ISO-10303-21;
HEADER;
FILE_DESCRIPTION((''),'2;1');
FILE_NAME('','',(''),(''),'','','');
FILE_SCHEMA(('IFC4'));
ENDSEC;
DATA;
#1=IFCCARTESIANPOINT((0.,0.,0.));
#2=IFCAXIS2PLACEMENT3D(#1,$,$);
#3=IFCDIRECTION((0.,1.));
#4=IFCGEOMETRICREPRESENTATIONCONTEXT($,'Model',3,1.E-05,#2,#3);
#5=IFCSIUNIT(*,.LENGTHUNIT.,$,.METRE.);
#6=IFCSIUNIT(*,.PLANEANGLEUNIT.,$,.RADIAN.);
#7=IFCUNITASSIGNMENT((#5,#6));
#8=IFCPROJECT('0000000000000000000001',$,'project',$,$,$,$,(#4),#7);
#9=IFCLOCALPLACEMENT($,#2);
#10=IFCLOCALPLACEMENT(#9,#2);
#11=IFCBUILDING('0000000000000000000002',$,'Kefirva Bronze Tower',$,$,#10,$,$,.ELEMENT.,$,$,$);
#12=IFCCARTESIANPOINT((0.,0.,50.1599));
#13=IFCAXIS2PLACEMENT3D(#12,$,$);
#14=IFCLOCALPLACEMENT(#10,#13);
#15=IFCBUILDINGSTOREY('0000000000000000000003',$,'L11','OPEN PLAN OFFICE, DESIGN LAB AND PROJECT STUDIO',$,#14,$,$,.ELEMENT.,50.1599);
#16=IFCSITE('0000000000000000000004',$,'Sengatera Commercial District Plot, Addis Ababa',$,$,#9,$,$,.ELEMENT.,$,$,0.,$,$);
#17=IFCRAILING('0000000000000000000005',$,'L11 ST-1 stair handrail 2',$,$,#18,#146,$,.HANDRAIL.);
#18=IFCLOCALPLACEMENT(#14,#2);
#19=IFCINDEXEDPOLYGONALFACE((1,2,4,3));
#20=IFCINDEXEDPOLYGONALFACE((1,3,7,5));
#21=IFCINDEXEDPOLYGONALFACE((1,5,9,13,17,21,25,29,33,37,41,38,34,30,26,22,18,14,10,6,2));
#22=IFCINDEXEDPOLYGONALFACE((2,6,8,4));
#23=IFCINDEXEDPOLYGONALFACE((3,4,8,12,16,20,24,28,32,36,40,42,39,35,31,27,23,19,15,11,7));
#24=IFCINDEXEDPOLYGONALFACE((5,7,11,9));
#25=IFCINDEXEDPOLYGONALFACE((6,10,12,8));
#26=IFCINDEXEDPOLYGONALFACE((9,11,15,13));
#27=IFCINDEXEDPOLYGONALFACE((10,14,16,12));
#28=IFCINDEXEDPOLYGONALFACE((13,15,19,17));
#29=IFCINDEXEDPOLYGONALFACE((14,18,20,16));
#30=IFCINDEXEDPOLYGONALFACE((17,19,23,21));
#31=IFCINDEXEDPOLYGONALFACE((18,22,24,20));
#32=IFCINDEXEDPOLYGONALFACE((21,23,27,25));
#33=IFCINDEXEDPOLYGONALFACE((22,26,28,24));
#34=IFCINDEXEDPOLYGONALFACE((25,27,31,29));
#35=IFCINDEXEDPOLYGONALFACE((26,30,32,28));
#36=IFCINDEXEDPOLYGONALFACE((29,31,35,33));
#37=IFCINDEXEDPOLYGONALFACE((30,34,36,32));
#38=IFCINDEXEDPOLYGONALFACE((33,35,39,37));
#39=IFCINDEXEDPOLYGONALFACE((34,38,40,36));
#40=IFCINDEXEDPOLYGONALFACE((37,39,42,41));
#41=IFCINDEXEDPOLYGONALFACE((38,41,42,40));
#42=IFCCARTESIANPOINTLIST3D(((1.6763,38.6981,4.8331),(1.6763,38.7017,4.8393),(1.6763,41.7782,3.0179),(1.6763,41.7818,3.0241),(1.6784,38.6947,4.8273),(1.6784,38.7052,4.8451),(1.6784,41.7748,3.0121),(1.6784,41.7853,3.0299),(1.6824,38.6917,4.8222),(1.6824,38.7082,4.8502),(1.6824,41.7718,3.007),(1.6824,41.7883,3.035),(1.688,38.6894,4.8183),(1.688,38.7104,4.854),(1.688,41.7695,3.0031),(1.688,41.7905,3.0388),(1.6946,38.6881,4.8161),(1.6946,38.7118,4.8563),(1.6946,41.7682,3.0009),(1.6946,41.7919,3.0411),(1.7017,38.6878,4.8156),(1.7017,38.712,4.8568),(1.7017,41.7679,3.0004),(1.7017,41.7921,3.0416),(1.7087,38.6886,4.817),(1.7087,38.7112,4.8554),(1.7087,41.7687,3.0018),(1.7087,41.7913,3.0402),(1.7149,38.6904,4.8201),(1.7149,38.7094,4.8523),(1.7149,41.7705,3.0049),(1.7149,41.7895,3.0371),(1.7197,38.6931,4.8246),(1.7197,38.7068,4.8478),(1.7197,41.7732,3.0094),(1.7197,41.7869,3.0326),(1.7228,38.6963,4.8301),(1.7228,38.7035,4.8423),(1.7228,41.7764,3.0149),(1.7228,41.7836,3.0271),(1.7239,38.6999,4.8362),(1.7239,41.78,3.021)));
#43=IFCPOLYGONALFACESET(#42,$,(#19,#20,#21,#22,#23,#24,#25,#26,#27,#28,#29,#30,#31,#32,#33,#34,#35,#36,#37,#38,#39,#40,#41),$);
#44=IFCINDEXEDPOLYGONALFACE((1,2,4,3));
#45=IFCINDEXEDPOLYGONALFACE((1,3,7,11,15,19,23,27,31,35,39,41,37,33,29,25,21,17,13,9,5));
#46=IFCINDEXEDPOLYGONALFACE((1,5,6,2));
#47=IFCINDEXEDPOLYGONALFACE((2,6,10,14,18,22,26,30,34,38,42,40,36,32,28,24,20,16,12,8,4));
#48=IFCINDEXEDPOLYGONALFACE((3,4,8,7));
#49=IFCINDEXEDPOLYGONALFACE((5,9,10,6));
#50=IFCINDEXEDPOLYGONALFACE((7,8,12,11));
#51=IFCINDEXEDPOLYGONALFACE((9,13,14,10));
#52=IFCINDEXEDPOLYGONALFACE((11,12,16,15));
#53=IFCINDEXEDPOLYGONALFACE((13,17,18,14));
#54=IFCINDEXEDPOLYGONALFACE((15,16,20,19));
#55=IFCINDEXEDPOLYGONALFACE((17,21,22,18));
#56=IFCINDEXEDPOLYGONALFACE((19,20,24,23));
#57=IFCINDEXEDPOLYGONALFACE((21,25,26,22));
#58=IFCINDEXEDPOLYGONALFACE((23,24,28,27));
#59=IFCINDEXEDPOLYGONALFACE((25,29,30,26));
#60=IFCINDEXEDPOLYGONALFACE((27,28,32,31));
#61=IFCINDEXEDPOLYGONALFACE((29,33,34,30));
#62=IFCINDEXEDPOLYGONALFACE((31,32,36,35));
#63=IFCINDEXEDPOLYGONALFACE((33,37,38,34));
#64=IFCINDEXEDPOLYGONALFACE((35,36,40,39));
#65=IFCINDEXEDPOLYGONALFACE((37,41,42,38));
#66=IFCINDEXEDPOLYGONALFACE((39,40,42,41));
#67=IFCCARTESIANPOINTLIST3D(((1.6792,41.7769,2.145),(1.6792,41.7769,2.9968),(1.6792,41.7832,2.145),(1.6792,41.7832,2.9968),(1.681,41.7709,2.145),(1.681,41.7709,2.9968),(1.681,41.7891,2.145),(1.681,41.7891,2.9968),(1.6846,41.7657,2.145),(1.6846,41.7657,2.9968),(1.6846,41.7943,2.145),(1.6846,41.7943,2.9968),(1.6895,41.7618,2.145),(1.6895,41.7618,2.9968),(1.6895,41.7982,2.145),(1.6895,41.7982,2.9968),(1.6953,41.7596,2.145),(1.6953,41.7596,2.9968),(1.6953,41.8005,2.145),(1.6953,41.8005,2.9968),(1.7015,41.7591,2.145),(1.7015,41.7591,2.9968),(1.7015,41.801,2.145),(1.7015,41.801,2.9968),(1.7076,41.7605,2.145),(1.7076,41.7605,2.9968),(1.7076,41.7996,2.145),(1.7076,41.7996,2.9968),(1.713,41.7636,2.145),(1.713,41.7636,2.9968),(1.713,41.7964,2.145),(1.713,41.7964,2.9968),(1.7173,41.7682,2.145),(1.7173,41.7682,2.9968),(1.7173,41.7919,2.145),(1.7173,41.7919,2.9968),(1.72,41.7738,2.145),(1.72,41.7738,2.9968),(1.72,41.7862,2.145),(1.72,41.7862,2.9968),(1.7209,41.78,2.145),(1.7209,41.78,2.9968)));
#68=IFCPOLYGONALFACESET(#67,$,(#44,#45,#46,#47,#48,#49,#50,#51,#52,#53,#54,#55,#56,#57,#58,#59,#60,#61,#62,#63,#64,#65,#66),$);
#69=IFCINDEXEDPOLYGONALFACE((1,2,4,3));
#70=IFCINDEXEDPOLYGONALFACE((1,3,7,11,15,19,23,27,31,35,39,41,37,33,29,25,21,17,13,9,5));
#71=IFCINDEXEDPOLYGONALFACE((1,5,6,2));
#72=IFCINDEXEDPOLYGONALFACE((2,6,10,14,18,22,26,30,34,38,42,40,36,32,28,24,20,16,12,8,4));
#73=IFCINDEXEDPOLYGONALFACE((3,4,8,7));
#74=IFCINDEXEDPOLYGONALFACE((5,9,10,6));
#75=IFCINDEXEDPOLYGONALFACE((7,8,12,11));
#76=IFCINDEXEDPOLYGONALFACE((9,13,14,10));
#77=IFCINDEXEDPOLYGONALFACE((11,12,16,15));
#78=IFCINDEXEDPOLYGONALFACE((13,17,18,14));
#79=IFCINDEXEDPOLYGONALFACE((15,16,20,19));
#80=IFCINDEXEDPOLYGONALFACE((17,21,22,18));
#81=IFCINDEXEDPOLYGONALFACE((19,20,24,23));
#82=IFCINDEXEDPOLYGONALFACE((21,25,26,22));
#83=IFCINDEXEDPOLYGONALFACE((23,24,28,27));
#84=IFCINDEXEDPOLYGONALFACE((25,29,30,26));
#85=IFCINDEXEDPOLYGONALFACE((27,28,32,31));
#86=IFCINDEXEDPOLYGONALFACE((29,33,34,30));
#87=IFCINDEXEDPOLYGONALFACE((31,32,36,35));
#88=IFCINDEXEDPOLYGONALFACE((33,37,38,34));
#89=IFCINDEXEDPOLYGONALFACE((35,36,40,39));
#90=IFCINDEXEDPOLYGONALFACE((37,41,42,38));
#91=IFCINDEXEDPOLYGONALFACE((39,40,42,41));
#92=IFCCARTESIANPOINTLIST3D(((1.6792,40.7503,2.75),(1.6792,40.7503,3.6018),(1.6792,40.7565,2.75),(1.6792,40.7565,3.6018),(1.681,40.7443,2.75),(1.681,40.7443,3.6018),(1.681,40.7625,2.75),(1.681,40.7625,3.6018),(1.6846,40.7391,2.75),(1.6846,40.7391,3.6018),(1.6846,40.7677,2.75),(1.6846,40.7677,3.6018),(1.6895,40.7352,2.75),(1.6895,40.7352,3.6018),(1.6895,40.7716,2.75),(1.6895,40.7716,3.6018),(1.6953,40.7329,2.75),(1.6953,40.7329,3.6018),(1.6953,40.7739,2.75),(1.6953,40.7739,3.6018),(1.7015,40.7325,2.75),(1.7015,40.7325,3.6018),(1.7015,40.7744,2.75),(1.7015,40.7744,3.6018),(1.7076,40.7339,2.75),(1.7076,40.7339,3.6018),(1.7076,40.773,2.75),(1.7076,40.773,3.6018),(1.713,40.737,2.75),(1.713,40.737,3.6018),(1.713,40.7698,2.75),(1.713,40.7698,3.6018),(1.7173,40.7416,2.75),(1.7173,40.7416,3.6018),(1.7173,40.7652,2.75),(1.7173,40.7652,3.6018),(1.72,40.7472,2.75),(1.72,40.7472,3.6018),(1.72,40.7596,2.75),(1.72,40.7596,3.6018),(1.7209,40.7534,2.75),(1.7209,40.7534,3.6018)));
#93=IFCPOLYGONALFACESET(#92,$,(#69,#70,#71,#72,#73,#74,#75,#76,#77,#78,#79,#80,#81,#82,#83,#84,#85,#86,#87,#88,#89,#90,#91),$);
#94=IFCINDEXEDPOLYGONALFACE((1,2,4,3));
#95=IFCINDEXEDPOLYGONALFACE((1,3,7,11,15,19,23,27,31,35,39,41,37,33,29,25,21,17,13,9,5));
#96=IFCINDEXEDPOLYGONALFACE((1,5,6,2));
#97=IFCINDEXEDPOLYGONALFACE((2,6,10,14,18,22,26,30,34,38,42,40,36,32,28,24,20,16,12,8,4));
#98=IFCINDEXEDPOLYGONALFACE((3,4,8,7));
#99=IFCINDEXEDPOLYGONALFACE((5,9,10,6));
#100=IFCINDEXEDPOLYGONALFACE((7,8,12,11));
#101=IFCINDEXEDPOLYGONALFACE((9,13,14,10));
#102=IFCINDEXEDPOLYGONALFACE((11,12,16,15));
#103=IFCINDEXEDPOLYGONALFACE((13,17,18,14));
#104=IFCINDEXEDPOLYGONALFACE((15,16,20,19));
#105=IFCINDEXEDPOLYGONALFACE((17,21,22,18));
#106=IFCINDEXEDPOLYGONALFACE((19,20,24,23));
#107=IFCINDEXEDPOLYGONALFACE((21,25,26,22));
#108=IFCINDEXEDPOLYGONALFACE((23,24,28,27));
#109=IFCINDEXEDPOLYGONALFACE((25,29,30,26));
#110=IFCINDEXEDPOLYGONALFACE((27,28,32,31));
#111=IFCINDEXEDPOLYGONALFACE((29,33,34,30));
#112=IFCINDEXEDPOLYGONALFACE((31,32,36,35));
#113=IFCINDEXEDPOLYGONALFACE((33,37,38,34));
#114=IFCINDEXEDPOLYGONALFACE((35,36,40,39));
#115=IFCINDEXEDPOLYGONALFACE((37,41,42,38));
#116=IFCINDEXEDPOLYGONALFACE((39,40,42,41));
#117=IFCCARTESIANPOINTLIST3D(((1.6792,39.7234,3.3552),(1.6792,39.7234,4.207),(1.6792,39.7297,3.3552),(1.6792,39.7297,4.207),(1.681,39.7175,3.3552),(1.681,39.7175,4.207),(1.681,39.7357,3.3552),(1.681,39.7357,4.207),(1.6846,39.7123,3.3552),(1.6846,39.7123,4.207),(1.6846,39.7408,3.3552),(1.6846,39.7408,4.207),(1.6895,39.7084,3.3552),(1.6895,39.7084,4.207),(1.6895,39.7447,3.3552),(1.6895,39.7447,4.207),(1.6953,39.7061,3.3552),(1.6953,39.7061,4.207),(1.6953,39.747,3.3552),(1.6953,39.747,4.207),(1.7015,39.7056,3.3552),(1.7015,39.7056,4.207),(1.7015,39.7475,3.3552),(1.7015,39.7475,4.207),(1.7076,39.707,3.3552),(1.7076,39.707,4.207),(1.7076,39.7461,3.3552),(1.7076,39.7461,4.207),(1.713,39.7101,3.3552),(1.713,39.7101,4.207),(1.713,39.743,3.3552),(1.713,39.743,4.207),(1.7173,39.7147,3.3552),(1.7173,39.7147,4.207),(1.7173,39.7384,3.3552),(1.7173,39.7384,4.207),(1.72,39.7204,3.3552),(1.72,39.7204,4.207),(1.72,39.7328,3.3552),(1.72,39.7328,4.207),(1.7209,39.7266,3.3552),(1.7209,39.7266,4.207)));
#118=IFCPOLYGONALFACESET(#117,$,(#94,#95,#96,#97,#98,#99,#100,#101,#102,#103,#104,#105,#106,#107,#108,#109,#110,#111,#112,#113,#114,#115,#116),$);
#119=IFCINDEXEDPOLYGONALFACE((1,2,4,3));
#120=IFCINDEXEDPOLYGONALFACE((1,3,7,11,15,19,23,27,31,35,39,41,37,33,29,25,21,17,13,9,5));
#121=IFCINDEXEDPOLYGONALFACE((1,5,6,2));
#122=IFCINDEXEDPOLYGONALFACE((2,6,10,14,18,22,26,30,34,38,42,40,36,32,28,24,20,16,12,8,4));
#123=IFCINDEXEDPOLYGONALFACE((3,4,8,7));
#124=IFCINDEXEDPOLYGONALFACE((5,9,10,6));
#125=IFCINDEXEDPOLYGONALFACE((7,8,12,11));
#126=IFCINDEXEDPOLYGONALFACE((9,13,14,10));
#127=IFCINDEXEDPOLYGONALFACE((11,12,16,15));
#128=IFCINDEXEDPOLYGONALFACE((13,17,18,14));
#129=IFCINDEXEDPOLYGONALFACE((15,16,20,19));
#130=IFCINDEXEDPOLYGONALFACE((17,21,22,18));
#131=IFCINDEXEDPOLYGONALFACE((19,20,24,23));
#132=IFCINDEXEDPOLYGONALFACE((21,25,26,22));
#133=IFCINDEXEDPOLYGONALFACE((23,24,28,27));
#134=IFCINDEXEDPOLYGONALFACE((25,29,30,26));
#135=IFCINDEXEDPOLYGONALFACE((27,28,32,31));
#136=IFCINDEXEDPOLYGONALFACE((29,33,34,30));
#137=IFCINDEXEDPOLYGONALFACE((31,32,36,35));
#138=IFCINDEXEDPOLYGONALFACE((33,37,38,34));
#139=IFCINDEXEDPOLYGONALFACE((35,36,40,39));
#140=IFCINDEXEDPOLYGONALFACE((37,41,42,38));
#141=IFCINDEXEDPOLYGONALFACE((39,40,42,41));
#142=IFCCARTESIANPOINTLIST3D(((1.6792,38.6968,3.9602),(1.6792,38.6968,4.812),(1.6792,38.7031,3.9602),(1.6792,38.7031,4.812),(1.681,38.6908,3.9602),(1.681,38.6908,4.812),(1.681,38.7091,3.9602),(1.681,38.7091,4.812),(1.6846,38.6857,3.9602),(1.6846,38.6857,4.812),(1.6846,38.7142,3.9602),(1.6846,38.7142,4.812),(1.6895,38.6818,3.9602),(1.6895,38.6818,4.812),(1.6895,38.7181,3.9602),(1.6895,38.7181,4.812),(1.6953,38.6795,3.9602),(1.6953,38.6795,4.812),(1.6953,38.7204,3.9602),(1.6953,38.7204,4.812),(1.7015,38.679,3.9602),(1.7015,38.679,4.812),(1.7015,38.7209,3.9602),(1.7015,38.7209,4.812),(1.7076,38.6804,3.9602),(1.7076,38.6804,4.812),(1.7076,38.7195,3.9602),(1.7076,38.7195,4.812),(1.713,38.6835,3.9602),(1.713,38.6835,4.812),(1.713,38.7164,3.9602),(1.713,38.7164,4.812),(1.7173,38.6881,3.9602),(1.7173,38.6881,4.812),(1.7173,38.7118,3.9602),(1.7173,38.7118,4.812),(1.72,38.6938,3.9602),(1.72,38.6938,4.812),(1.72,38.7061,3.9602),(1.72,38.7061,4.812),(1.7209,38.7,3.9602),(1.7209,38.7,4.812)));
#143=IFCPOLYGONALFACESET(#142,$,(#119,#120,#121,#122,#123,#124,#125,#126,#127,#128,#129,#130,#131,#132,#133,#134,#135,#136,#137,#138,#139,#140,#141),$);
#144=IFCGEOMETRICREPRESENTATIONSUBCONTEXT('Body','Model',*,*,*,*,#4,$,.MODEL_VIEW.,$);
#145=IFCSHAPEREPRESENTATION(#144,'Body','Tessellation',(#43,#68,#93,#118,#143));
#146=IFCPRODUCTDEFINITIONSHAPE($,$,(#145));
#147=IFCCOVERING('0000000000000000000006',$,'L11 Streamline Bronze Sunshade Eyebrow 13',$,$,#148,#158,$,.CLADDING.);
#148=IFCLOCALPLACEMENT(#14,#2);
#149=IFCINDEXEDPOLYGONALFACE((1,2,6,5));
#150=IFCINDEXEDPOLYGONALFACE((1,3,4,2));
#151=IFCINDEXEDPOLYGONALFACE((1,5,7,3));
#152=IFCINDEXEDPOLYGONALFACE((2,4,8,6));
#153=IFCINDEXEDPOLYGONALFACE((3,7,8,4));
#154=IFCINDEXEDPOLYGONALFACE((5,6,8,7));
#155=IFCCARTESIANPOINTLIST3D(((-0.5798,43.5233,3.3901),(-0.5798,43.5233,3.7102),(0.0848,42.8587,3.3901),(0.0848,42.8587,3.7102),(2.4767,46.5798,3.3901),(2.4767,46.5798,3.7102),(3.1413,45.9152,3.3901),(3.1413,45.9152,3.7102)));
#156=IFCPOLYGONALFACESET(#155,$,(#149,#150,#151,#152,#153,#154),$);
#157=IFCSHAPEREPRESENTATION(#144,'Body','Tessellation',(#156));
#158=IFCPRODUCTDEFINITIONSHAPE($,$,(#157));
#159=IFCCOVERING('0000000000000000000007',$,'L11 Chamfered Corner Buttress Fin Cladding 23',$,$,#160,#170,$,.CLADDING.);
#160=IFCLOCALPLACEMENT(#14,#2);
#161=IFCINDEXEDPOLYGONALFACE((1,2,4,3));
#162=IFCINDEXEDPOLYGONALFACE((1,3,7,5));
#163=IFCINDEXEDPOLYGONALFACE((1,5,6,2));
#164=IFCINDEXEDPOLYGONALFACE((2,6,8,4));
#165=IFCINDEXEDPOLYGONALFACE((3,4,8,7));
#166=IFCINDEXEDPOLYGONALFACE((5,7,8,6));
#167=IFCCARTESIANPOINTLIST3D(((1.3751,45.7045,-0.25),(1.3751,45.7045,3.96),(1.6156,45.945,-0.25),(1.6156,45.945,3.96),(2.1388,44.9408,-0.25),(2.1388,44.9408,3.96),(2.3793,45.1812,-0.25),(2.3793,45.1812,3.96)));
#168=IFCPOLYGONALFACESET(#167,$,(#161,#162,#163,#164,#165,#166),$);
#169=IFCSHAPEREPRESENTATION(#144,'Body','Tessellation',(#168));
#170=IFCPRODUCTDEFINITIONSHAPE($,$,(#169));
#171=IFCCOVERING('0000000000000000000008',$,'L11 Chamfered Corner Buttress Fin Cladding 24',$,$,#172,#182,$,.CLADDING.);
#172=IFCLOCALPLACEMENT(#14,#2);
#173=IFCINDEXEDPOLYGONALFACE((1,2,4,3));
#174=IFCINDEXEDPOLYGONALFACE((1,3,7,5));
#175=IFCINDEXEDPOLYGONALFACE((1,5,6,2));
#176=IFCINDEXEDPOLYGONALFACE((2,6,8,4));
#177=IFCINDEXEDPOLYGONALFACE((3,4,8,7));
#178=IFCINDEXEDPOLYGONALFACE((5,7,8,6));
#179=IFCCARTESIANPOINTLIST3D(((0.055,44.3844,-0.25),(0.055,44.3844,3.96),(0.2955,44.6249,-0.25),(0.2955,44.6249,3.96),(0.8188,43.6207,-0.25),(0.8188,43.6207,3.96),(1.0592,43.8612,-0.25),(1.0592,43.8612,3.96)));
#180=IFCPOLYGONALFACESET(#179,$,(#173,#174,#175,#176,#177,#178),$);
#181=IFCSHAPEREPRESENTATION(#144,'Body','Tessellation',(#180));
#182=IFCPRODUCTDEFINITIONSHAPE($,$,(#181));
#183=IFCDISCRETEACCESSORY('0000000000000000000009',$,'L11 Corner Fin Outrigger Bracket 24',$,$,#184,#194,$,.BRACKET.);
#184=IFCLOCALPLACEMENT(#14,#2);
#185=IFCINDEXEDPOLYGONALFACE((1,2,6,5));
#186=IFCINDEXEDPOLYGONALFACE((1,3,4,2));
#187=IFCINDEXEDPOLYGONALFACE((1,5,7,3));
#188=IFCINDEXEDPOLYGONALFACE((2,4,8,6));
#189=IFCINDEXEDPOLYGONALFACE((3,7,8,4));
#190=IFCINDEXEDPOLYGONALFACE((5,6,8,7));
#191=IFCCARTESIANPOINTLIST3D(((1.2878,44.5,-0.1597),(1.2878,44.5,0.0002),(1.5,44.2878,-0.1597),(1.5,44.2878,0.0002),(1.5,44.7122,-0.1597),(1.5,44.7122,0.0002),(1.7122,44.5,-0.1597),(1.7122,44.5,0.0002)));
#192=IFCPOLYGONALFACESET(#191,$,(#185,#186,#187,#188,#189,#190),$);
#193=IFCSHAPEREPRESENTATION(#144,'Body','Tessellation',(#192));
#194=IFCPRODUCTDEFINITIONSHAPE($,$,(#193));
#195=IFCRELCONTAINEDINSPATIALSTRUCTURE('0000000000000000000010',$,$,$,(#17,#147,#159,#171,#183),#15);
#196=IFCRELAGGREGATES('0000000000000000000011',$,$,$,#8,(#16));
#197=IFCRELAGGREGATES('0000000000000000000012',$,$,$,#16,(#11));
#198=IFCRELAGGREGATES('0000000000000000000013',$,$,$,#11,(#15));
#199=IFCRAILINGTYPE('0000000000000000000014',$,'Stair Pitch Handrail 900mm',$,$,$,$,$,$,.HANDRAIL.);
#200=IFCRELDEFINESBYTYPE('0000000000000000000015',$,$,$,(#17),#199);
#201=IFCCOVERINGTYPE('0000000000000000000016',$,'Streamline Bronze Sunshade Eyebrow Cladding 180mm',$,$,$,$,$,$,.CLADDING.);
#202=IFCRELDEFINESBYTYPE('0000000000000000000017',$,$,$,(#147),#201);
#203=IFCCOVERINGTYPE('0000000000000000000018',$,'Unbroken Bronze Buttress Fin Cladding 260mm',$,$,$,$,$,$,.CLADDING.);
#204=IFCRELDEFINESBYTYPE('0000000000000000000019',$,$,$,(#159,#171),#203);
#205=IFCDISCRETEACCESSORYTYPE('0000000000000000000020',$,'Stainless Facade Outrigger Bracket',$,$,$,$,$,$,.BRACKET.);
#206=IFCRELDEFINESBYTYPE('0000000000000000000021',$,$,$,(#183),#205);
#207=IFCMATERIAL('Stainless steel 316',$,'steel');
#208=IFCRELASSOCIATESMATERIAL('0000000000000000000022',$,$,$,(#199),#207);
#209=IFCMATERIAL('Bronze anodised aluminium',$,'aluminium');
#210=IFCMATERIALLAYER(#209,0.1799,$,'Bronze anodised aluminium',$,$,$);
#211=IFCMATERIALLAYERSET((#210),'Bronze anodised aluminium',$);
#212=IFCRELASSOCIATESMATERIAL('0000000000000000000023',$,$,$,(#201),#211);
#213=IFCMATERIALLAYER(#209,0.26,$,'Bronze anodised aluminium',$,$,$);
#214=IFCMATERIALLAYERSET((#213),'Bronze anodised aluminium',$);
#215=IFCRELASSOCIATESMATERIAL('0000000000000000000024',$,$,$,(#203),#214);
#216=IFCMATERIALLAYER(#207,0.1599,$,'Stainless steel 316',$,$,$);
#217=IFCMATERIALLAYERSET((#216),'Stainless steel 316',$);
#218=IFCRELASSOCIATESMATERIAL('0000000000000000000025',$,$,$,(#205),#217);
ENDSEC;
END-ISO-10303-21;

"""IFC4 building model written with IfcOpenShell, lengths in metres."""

from ifc_helpers import new_model, si_unit, direction, frame, origin, origin_2d, place, context, subcontext, project, spatial, rectangle, circle, extrude, material, layer, layer_set, type_object, element, save


model = new_model("IFC4")

# Units and contexts
model_context = context("Model", 3, precision=1e-05, world=origin(), true_north=direction((0.0, 1.0)))
body_context = subcontext(model_context, "Body", "Model", "MODEL_VIEW")
ifc_project = project(units=[si_unit("LENGTHUNIT", "METRE"), si_unit("PLANEANGLEUNIT", "RADIAN")], contexts=[model_context])

# Site, building, storey
site_placement = place(None, origin())
site = spatial("IfcSite", under=ifc_project, at=site_placement, Name="Sengatera Commercial District Plot, Addis Ababa", CompositionType="ELEMENT", RefElevation=0.0)
building_placement = place(site_placement, origin())
building = spatial("IfcBuilding", under=site, at=building_placement, Name="Kefirva Bronze Tower", CompositionType="ELEMENT")
storey_placement = place(building_placement, frame((0.0, 0.0, 50.1599)))
storey = spatial("IfcBuildingStorey", under=building, at=storey_placement, Name="L11", Description="OPEN PLAN OFFICE, DESIGN LAB AND PROJECT STUDIO", CompositionType="ELEMENT", Elevation=50.1599)

# Shared definitions
ifc_material_1 = material(Name="Bronze anodised aluminium", Category="aluminium")

# Railing
ifc_material_2 = material(Name="Stainless steel 316", Category="steel")
railing_type_1 = type_object("IfcRailingType", Name="Stair Pitch Handrail 900mm", PredefinedType="HANDRAIL", material=ifc_material_2)
railing_1_placement = place(storey_placement, frame((1.7, 41.78, 2.145)))
element("IfcRailing", 1, at=railing_1_placement, inside=storey, type_object=railing_type_1, Name="L11 ST-1 stair handrail 2", PredefinedType="HANDRAIL", context=body_context, shape_type="SweptSolid", body=[
    extrude(circle(Radius=0.0239, at=origin_2d()), frame((0.0, 0.0, 0.876), z_axis=(0.0, -0.861521, 0.507721), x_axis=(1.0, 0.0, 0.0)), (0.0, 0.0, 1.0), 3.5752),
    extrude(circle(Radius=0.021, at=origin_2d()), origin(), (0.0, 0.0, 1.0), 0.8518),
    extrude(circle(Radius=0.021, at=origin_2d()), frame((0.0, -1.0266, 0.605)), (0.0, 0.0, 1.0), 0.8518),
    extrude(circle(Radius=0.021, at=origin_2d()), frame((0.0, -2.0535, 1.2102)), (0.0, 0.0, 1.0), 0.8518),
    extrude(circle(Radius=0.021, at=origin_2d()), frame((0.0, -3.0801, 1.8152)), (0.0, 0.0, 1.0), 0.8518),
])

# Coverings
ifc_layer_1 = layer(ifc_material_1, 0.1799, Name="Bronze anodised aluminium")
ifc_layer_set_1 = layer_set([ifc_layer_1], Name="Bronze anodised aluminium")
covering_type_1 = type_object("IfcCoveringType", Name="Streamline Bronze Sunshade Eyebrow Cladding 180mm", PredefinedType="CLADDING", material=ifc_layer_set_1)
covering_1_placement = place(storey_placement, frame((1.2808, 44.7192, 3.3901), z_axis=(0.0, 0.0, 1.0), x_axis=(-0.707107, -0.707107, 0.0)))
element("IfcCovering", 2, at=covering_1_placement, inside=storey, type_object=covering_type_1, Name="L11 Streamline Bronze Sunshade Eyebrow 13", PredefinedType="CLADDING", context=body_context, shape_type="SweptSolid", body=[
    extrude(rectangle(XDim=4.3225, YDim=0.9399, at=origin_2d()), origin(), (0.0, 0.0, 1.0), 0.3201),
])
ifc_layer_2 = layer(ifc_material_1, 0.26, Name="Bronze anodised aluminium")
ifc_layer_set_2 = layer_set([ifc_layer_2], Name="Bronze anodised aluminium")
covering_type_2 = type_object("IfcCoveringType", Name="Unbroken Bronze Buttress Fin Cladding 260mm", PredefinedType="CLADDING", material=ifc_layer_set_2)
for number, where, z_axis, x_axis, name in (
    (3, (1.8772, 45.4429, -0.25), (0.0, 0.0, 1.0), (-0.707107, -0.707107, 0.0), "L11 Chamfered Corner Buttress Fin Cladding 23"),
    (4, (0.5571, 44.1228, -0.25), (0.0, 0.0, 1.0), (-0.707107, -0.707107, 0.0), "L11 Chamfered Corner Buttress Fin Cladding 24"),
):
    element("IfcCovering", number, at=place(storey_placement, frame(where, z_axis=z_axis, x_axis=x_axis)), inside=storey, type_object=covering_type_2, Name=name, PredefinedType="CLADDING", context=body_context, shape_type="SweptSolid", body=[
        extrude(rectangle(XDim=0.3401, YDim=1.0801, at=origin_2d()), origin(), (0.0, 0.0, 1.0), 4.21),
    ])

# Discrete accessory
ifc_layer_3 = layer(ifc_material_2, 0.1599, Name="Stainless steel 316")
ifc_layer_set_3 = layer_set([ifc_layer_3], Name="Stainless steel 316")
discrete_accessory_type = type_object("IfcDiscreteAccessoryType", Name="Stainless Facade Outrigger Bracket", PredefinedType="BRACKET", material=ifc_layer_set_3)
discrete_accessory_placement = place(storey_placement, frame((1.5, 44.5, -0.1597), z_axis=(0.0, 0.0, 1.0), x_axis=(-0.707107, -0.707107, 0.0)))
element("IfcDiscreteAccessory", 5, at=discrete_accessory_placement, inside=storey, type_object=discrete_accessory_type, Name="L11 Corner Fin Outrigger Bracket 24", PredefinedType="BRACKET", context=body_context, shape_type="SweptSolid", body=[
    extrude(rectangle(XDim=0.3, YDim=0.3, at=origin_2d()), origin(), (0.0, 0.0, 1.0), 0.1599),
])

save(model, "model.ifc")
